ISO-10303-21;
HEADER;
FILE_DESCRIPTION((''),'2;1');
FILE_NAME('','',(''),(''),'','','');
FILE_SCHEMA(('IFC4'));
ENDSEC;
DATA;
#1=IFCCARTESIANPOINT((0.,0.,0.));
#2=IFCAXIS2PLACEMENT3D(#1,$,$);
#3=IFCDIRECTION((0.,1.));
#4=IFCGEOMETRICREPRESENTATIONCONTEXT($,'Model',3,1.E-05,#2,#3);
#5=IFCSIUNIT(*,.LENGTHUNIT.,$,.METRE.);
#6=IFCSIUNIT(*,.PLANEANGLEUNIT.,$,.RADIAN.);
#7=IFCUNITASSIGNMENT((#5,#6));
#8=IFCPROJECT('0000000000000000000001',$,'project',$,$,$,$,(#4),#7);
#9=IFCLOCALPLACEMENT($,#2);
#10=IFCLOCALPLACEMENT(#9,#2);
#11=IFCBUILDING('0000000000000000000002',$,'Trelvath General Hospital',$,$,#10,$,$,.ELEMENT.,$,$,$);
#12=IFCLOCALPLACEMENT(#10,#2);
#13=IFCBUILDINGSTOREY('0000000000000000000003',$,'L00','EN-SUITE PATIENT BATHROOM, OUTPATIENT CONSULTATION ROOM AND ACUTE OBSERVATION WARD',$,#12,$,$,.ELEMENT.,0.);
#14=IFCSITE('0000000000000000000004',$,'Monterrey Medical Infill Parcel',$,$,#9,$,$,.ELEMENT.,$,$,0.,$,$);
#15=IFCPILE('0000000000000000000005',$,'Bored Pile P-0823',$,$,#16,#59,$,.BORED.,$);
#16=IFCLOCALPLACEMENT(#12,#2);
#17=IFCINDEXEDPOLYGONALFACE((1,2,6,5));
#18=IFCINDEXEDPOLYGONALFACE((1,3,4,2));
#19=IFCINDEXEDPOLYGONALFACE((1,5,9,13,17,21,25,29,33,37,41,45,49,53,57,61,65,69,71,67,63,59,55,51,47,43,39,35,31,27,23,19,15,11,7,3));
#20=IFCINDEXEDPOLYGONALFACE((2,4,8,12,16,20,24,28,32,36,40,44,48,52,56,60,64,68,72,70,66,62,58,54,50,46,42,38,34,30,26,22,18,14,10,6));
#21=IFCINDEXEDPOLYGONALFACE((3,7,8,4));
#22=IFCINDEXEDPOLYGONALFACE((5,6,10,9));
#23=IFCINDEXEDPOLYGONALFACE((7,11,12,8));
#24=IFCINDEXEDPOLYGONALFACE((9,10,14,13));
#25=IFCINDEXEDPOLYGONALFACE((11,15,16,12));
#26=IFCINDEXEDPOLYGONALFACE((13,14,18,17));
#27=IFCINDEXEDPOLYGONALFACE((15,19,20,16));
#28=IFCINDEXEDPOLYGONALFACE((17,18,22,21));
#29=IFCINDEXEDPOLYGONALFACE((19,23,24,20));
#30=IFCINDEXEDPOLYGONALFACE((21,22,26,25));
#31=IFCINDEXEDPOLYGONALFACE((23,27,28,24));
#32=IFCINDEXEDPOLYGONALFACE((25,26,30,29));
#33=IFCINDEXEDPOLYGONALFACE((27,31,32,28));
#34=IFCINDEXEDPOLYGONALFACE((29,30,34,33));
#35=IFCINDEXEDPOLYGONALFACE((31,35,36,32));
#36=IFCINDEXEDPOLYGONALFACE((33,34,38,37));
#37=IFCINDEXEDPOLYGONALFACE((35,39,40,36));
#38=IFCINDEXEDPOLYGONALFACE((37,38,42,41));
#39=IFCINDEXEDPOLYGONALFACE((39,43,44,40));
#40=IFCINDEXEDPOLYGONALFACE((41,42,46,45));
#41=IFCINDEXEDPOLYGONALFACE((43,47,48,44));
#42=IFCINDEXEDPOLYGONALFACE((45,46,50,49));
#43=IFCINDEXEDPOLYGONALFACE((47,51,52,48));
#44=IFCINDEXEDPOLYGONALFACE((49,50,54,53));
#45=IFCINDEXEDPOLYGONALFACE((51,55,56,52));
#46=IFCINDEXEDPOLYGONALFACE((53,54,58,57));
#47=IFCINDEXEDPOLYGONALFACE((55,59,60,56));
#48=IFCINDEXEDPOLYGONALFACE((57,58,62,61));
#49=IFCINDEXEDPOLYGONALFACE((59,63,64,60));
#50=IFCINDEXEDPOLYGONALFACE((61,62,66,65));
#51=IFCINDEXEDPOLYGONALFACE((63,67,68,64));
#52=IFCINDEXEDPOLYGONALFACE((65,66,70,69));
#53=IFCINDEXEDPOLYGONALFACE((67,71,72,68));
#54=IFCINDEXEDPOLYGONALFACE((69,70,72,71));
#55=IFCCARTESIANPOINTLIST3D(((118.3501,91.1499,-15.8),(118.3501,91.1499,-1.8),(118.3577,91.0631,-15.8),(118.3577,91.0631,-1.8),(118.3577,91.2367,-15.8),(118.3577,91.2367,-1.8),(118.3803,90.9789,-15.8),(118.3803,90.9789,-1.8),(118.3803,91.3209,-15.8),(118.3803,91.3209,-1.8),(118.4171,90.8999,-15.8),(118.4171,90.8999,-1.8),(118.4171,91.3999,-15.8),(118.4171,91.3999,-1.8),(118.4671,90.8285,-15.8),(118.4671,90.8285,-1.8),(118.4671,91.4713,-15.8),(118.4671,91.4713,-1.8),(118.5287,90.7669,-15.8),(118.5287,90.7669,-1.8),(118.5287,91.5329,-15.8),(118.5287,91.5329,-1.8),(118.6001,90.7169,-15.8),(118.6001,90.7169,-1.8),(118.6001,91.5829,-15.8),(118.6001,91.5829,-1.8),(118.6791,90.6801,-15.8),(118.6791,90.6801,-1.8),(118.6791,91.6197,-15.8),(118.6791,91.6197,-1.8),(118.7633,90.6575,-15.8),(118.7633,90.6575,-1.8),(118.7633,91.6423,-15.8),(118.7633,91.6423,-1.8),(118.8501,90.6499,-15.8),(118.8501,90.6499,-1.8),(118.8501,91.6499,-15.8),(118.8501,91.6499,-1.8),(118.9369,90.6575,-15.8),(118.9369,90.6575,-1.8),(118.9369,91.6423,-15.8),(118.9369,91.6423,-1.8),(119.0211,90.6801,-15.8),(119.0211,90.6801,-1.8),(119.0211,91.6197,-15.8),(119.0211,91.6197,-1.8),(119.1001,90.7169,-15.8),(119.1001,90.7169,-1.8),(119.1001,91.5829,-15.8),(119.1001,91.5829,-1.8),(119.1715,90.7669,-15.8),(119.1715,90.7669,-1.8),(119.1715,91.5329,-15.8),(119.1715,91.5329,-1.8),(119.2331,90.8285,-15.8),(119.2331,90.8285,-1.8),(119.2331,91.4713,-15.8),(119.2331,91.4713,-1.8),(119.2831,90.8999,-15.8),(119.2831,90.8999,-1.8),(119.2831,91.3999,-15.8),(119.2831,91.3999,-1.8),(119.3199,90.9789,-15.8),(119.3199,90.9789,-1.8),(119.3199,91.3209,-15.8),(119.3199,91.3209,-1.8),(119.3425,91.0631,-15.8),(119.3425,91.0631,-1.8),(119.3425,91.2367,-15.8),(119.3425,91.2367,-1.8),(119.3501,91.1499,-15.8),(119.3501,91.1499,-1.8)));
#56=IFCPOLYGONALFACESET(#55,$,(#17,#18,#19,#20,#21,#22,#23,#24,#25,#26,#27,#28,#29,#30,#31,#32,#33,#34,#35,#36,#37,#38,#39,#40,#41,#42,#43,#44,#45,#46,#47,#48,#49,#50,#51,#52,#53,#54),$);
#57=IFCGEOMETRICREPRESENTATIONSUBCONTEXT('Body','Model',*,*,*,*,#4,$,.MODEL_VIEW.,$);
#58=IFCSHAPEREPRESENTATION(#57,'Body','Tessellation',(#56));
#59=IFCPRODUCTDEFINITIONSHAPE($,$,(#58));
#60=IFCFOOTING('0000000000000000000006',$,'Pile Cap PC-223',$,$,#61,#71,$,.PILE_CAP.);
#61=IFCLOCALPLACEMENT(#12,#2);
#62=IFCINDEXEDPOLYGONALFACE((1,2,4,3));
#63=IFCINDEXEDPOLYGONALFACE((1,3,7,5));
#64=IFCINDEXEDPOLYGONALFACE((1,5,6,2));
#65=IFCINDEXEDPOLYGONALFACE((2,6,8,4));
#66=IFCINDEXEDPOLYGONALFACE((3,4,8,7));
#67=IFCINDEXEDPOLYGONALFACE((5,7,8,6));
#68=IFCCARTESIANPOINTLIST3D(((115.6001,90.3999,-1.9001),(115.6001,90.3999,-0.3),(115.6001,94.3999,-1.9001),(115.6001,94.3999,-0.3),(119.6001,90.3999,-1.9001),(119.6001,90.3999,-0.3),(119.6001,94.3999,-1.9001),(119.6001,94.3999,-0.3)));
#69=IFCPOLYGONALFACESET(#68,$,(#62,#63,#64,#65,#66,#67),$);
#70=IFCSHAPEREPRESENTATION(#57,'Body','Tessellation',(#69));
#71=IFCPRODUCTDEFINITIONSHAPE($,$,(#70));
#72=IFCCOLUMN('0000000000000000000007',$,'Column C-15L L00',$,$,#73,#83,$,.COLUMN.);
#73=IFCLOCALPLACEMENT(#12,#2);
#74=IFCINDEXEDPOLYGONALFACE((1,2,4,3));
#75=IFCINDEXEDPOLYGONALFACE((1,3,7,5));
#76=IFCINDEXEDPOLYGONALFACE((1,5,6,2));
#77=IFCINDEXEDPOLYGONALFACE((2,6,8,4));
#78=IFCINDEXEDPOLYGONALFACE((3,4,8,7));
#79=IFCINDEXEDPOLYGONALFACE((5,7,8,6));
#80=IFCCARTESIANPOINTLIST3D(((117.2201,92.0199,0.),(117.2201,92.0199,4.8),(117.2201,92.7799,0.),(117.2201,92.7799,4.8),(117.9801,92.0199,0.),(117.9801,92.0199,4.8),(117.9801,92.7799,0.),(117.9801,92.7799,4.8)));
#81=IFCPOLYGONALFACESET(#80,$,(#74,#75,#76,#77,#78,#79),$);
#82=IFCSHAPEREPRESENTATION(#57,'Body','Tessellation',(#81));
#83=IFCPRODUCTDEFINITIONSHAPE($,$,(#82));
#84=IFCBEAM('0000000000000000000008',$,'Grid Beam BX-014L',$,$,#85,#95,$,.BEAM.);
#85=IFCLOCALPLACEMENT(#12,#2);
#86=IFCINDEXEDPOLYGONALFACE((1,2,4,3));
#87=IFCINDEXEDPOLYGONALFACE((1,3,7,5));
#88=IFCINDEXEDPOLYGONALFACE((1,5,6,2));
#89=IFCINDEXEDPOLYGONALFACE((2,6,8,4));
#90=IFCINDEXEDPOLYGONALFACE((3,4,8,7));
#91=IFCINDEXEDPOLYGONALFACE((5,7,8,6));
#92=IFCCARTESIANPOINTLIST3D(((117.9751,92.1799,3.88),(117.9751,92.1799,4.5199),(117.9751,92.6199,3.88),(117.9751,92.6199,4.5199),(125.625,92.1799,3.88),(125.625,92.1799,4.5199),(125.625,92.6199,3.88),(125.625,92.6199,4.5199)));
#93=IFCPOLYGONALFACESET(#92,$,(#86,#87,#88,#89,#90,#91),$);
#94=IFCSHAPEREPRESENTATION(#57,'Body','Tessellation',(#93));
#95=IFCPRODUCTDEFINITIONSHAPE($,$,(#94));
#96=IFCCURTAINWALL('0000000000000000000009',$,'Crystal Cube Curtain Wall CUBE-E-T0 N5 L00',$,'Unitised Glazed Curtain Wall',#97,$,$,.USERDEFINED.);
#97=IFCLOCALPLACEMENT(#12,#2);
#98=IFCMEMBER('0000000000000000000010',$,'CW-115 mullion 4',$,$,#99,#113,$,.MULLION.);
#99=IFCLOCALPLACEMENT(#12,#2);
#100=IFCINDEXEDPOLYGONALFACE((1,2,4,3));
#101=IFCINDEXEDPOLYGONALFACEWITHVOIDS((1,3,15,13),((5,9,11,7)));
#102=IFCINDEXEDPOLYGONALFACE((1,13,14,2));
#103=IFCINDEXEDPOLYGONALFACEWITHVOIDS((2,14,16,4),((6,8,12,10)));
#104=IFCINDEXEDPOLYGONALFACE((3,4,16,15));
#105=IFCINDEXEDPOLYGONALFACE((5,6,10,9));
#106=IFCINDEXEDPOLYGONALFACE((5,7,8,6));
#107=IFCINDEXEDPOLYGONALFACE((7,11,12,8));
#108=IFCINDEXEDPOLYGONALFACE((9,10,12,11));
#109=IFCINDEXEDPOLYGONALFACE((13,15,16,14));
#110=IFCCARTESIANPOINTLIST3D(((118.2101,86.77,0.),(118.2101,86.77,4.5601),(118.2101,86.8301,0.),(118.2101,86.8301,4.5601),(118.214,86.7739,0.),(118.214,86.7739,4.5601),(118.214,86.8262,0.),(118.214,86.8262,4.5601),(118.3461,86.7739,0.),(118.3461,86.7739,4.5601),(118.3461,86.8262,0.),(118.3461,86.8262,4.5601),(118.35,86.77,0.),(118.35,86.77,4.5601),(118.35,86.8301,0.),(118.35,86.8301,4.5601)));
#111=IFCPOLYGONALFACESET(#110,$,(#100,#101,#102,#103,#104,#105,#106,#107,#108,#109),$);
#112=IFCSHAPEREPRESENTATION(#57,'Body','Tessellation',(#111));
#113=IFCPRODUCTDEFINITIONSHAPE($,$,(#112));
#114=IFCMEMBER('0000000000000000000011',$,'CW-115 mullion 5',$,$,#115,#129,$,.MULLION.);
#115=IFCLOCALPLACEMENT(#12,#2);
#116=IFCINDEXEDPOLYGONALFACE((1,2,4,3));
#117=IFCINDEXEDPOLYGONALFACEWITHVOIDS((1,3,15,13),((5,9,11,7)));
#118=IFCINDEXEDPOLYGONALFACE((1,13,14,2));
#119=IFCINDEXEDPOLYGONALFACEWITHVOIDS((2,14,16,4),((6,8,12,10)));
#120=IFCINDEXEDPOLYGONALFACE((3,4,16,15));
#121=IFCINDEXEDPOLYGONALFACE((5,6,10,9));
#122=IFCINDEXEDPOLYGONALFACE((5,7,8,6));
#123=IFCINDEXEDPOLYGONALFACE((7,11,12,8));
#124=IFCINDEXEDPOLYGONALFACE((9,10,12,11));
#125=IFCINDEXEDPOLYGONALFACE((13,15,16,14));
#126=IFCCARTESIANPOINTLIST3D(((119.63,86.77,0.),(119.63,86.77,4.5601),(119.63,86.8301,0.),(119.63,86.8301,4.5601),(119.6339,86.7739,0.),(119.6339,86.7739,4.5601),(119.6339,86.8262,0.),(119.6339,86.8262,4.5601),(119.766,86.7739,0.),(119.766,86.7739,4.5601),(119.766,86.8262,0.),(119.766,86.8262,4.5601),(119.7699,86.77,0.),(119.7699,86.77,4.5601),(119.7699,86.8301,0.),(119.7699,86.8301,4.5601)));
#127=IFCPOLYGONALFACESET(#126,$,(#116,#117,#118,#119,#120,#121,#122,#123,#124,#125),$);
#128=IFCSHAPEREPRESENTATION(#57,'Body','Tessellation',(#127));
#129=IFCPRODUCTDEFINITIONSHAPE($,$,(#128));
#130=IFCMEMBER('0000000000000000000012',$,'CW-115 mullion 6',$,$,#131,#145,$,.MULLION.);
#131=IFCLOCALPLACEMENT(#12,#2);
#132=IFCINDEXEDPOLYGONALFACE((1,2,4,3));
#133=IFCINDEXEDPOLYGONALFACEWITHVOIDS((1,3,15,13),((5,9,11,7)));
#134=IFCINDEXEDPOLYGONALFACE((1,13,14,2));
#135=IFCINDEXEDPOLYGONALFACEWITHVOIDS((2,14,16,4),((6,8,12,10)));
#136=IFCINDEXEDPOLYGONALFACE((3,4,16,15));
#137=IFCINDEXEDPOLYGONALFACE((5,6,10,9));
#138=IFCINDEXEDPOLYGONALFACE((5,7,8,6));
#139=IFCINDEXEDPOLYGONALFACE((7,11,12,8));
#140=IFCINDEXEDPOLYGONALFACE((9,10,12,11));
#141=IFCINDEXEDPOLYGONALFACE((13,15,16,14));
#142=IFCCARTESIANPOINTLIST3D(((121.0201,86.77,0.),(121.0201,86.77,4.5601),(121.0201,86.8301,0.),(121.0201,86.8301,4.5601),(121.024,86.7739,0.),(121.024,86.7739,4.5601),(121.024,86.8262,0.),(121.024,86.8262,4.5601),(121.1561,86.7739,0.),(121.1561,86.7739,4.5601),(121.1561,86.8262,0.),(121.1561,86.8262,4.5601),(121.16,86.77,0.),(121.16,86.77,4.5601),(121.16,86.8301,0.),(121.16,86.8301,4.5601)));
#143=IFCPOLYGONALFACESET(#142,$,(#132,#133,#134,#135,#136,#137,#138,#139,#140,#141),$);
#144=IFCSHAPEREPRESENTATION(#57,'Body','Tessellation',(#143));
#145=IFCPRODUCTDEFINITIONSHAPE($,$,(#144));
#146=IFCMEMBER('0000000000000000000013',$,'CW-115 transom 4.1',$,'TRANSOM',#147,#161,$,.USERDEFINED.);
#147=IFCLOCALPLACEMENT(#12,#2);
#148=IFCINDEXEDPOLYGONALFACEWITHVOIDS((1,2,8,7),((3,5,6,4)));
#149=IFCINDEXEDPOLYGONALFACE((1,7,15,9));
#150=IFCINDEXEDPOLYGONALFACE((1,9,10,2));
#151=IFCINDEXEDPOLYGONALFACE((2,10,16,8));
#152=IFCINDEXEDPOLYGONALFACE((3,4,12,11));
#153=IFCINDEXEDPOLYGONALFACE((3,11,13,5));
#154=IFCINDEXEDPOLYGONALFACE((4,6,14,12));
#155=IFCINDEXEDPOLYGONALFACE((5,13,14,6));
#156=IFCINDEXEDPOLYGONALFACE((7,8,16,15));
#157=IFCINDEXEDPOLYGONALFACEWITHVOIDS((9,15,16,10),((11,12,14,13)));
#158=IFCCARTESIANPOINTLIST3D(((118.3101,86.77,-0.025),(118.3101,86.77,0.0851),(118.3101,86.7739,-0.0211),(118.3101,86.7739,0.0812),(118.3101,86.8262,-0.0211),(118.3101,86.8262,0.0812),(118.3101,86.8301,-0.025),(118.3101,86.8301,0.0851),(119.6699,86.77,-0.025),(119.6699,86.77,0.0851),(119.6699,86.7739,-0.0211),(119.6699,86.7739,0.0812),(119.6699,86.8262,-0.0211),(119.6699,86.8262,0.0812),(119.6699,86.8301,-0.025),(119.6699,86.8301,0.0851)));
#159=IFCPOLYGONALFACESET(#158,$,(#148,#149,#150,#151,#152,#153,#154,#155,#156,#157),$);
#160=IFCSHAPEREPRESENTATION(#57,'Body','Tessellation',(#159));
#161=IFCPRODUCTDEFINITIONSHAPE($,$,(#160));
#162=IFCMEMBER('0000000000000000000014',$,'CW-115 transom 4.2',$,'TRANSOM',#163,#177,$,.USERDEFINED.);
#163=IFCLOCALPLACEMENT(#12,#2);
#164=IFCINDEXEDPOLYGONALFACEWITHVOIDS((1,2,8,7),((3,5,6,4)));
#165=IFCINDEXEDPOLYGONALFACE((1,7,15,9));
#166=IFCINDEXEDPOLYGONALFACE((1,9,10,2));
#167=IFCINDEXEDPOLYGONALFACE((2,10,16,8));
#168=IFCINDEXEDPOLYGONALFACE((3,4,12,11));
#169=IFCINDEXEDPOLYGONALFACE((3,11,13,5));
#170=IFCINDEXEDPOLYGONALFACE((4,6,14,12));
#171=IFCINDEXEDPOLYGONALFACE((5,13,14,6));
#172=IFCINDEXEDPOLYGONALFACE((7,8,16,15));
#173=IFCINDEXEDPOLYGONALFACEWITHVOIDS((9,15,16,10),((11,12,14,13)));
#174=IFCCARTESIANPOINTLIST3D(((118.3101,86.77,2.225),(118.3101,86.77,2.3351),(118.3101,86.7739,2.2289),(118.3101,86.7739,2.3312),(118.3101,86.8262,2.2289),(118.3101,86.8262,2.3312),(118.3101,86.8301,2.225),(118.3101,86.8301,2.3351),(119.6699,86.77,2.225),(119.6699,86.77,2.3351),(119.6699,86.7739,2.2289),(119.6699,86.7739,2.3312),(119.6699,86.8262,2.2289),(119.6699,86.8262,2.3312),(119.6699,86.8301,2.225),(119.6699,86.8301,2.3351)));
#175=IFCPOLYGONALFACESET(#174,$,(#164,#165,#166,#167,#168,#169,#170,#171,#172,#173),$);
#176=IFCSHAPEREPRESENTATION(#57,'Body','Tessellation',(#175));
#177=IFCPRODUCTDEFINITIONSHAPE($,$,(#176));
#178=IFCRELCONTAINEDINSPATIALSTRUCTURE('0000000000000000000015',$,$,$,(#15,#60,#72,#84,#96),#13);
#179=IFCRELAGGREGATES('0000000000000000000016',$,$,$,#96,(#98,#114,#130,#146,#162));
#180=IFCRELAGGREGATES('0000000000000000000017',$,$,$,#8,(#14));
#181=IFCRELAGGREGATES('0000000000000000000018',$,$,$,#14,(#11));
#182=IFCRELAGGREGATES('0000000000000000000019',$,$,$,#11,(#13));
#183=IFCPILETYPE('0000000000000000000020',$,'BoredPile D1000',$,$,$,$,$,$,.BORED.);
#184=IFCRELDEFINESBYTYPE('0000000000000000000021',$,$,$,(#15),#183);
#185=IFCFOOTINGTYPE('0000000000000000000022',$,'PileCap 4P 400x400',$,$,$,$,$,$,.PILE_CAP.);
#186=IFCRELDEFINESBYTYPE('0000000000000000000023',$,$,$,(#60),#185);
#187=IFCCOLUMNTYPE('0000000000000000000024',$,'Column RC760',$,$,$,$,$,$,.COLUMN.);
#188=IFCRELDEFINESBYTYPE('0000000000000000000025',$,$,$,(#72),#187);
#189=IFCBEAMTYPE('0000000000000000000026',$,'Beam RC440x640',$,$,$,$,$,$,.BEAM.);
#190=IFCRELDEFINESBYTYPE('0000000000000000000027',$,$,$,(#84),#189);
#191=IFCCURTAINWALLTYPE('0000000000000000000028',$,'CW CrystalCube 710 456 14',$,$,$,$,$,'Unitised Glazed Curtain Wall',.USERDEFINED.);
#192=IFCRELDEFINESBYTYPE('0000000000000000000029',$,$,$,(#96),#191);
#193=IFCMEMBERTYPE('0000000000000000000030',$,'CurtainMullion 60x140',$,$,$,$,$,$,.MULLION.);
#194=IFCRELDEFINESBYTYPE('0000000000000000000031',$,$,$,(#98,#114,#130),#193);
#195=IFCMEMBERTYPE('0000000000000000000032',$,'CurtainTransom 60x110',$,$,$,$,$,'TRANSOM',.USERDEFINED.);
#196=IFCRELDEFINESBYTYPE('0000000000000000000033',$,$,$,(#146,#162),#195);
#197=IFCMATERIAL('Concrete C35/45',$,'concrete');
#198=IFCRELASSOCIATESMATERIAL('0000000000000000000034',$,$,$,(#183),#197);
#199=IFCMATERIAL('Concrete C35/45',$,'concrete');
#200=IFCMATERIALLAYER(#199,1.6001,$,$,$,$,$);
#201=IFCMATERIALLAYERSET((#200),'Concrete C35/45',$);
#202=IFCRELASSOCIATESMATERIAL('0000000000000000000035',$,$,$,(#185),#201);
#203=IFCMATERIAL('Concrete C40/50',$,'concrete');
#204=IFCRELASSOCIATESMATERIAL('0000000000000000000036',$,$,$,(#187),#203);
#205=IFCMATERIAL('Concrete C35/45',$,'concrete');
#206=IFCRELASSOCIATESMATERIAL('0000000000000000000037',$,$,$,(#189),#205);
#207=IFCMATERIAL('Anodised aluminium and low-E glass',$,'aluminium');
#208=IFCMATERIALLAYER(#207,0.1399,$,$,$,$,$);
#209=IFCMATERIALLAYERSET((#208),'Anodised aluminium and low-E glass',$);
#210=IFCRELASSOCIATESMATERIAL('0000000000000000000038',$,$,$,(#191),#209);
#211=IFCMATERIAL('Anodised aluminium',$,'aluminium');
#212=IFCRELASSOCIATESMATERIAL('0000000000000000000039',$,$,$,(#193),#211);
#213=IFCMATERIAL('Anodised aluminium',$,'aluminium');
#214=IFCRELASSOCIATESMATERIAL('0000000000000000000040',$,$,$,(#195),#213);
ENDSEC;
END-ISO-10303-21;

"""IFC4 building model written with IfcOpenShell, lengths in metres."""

from ifc_helpers import new_model, si_unit, direction, frame, origin, origin_2d, place, context, subcontext, project, spatial, rectangle, hollow_rectangle, circle, extrude, material, layer, layer_set, material_profile, profile_set, type_object, element, aggregate, save


model = new_model("IFC4")

# Units and contexts
model_context = context("Model", 3, precision=1e-05, world=origin(), true_north=direction((0.0, 1.0)))
body_context = subcontext(model_context, "Body", "Model", "MODEL_VIEW")
ifc_project = project(units=[si_unit("LENGTHUNIT", "METRE"), si_unit("PLANEANGLEUNIT", "RADIAN")], contexts=[model_context])

# Site, building, storey
site_placement = place(None, origin())
site = spatial("IfcSite", under=ifc_project, at=site_placement, Name="Monterrey Medical Infill Parcel", CompositionType="ELEMENT", RefElevation=0.0)
building_placement = place(site_placement, origin())
building = spatial("IfcBuilding", under=site, at=building_placement, Name="Trelvath General Hospital", CompositionType="ELEMENT")
storey_placement = place(building_placement, origin())
storey = spatial("IfcBuildingStorey", under=building, at=storey_placement, Name="L00", Description="EN-SUITE PATIENT BATHROOM, OUTPATIENT CONSULTATION ROOM AND ACUTE OBSERVATION WARD", CompositionType="ELEMENT", Elevation=0.0)

# Pile
ifc_material_1 = material(Name="Concrete C35/45", Category="concrete")
ifc_material_profile_1 = material_profile(ifc_material_1, circle(Radius=0.5, at=origin_2d()), Name="PILE1000")
ifc_profile_set_1 = profile_set([ifc_material_profile_1], Name="Concrete C35/45")
pile_type = type_object("IfcPileType", Name="BoredPile D1000", PredefinedType="BORED", material=ifc_profile_set_1)
pile_placement = place(storey_placement, frame((118.8501, 91.1499, -1.8), z_axis=(0.0, 0.0, -1.0), x_axis=(1.0, 0.0, 0.0)))
element("IfcPile", 1, at=pile_placement, inside=storey, type_object=pile_type, Name="Bored Pile P-0823", PredefinedType="BORED", context=body_context, shape_type="SweptSolid", body=[
    extrude(circle(Radius=0.5, at=origin_2d()), origin(), (0.0, 0.0, 1.0), 14.0),
])

# Footing
ifc_material_2 = material(Name="Concrete C35/45", Category="concrete")
ifc_layer_1 = layer(ifc_material_2, 1.6001)
ifc_layer_set_1 = layer_set([ifc_layer_1], Name="Concrete C35/45")
footing_type = type_object("IfcFootingType", Name="PileCap 4P 400x400", PredefinedType="PILE_CAP", material=ifc_layer_set_1)
footing_placement = place(storey_placement, frame((117.6001, 92.3999, -1.9001), z_axis=(0.0, 0.0, 1.0), x_axis=(1.0, 0.0, 0.0)))
element("IfcFooting", 2, at=footing_placement, inside=storey, type_object=footing_type, Name="Pile Cap PC-223", PredefinedType="PILE_CAP", context=body_context, shape_type="SweptSolid", body=[
    extrude(rectangle(XDim=4.0, YDim=4.0, at=origin_2d()), origin(), (0.0, 0.0, 1.0), 1.6001),
])

# Column
ifc_material_3 = material(Name="Concrete C40/50", Category="concrete")
ifc_material_profile_2 = material_profile(ifc_material_3, rectangle(XDim=0.76, YDim=0.76, at=origin_2d()), Name="RC760x760")
ifc_profile_set_2 = profile_set([ifc_material_profile_2], Name="Concrete C40/50")
column_type = type_object("IfcColumnType", Name="Column RC760", PredefinedType="COLUMN", material=ifc_profile_set_2)
column_placement = place(storey_placement, frame((117.6001, 92.3999, 0.0), z_axis=(0.0, 0.0, 1.0), x_axis=(1.0, 0.0, 0.0)))
element("IfcColumn", 3, at=column_placement, inside=storey, type_object=column_type, Name="Column C-15L L00", PredefinedType="COLUMN", context=body_context, shape_type="SweptSolid", body=[
    extrude(rectangle(XDim=0.76, YDim=0.76, at=origin_2d()), origin(), (0.0, 0.0, 1.0), 4.8),
])

# Beam
ifc_material_4 = material(Name="Concrete C35/45", Category="concrete")
ifc_material_profile_3 = material_profile(ifc_material_4, rectangle(XDim=0.4399, YDim=0.6399, at=origin_2d()), Name="RCB440x640")
ifc_profile_set_3 = profile_set([ifc_material_profile_3], Name="Concrete C35/45")
beam_type_1 = type_object("IfcBeamType", Name="Beam RC440x640", PredefinedType="BEAM", material=ifc_profile_set_3)
beam_1_placement = place(storey_placement, frame((117.9751, 92.3999, 4.2), z_axis=(1.0, 0.0, 0.0), x_axis=(0.0, 1.0, 0.0)))
element("IfcBeam", 4, at=beam_1_placement, inside=storey, type_object=beam_type_1, Name="Grid Beam BX-014L", PredefinedType="BEAM", context=body_context, shape_type="SweptSolid", body=[
    extrude(rectangle(XDim=0.4399, YDim=0.6399, at=origin_2d()), origin(), (0.0, 0.0, 1.0), 7.6499),
])

# Curtain wall, members
ifc_material_5 = material(Name="Anodised aluminium and low-E glass", Category="aluminium")
ifc_layer_2 = layer(ifc_material_5, 0.1399)
ifc_layer_set_2 = layer_set([ifc_layer_2], Name="Anodised aluminium and low-E glass")
curtain_wall_type = type_object("IfcCurtainWallType", Name="CW CrystalCube 710 456 14", ElementType="Unitised Glazed Curtain Wall", PredefinedType="USERDEFINED", material=ifc_layer_set_2)
curtain_wall_placement = place(storey_placement, origin())
curtain_wall = element("IfcCurtainWall", 5, at=curtain_wall_placement, inside=storey, type_object=curtain_wall_type, Name="Crystal Cube Curtain Wall CUBE-E-T0 N5 L00", ObjectType="Unitised Glazed Curtain Wall", PredefinedType="USERDEFINED")
ifc_material_6 = material(Name="Anodised aluminium", Category="aluminium")
ifc_material_profile_4 = material_profile(ifc_material_6, hollow_rectangle(XDim=0.0601, YDim=0.1399, WallThickness=0.0039, at=origin_2d()), Name="RHS60x140x4")
ifc_profile_set_4 = profile_set([ifc_material_profile_4], Name="Anodised aluminium")
member_type_1 = type_object("IfcMemberType", Name="CurtainMullion 60x140", PredefinedType="MULLION", material=ifc_profile_set_4)
member_1_placement = place(storey_placement, frame((118.28, 86.8, 0.0), z_axis=(0.0, 0.0, 1.0), x_axis=(0.0, 1.0, 0.0)))
member_1 = element("IfcMember", 6, at=member_1_placement, type_object=member_type_1, Name="CW-115 mullion 4", PredefinedType="MULLION", context=body_context, shape_type="SweptSolid", body=[
    extrude(hollow_rectangle(XDim=0.0601, YDim=0.1399, WallThickness=0.0039, at=origin_2d()), origin(), (0.0, 0.0, 1.0), 4.5601),
])
member_2_placement = place(storey_placement, frame((119.7, 86.8, 0.0), z_axis=(0.0, 0.0, 1.0), x_axis=(0.0, 1.0, 0.0)))
member_2 = element("IfcMember", 7, at=member_2_placement, type_object=member_type_1, Name="CW-115 mullion 5", PredefinedType="MULLION", context=body_context, shape_type="SweptSolid", body=[
    extrude(hollow_rectangle(XDim=0.0601, YDim=0.1399, WallThickness=0.0039, at=origin_2d()), origin(), (0.0, 0.0, 1.0), 4.5601),
])
member_3_placement = place(storey_placement, frame((121.0901, 86.8, 0.0), z_axis=(0.0, 0.0, 1.0), x_axis=(0.0, 1.0, 0.0)))
member_3 = element("IfcMember", 8, at=member_3_placement, type_object=member_type_1, Name="CW-115 mullion 6", PredefinedType="MULLION", context=body_context, shape_type="SweptSolid", body=[
    extrude(hollow_rectangle(XDim=0.0601, YDim=0.1399, WallThickness=0.0039, at=origin_2d()), origin(), (0.0, 0.0, 1.0), 4.5601),
])
ifc_material_7 = material(Name="Anodised aluminium", Category="aluminium")
ifc_material_profile_5 = material_profile(ifc_material_7, hollow_rectangle(XDim=0.0601, YDim=0.1101, WallThickness=0.0039, at=origin_2d()), Name="RHS60x110x4")
ifc_profile_set_5 = profile_set([ifc_material_profile_5], Name="Anodised aluminium")
member_type_2 = type_object("IfcMemberType", Name="CurtainTransom 60x110", ElementType="TRANSOM", PredefinedType="USERDEFINED", material=ifc_profile_set_5)
member_4_placement = place(storey_placement, frame((118.3101, 86.8, 0.03), z_axis=(1.0, 0.0, 0.0), x_axis=(0.0, 1.0, 0.0)))
member_4 = element("IfcMember", 9, at=member_4_placement, type_object=member_type_2, Name="CW-115 transom 4.1", ObjectType="TRANSOM", PredefinedType="USERDEFINED", context=body_context, shape_type="SweptSolid", body=[
    extrude(hollow_rectangle(XDim=0.0601, YDim=0.1101, WallThickness=0.0039, at=origin_2d()), origin(), (0.0, 0.0, 1.0), 1.3599),
])
member_5_placement = place(storey_placement, frame((118.3101, 86.8, 2.28), z_axis=(1.0, 0.0, 0.0), x_axis=(0.0, 1.0, 0.0)))
member_5 = element("IfcMember", 10, at=member_5_placement, type_object=member_type_2, Name="CW-115 transom 4.2", ObjectType="TRANSOM", PredefinedType="USERDEFINED", context=body_context, shape_type="SweptSolid", body=[
    extrude(hollow_rectangle(XDim=0.0601, YDim=0.1101, WallThickness=0.0039, at=origin_2d()), origin(), (0.0, 0.0, 1.0), 1.3599),
])

aggregate(curtain_wall, [member_1, member_2, member_3, member_4, member_5])

save(model, "model.ifc")
